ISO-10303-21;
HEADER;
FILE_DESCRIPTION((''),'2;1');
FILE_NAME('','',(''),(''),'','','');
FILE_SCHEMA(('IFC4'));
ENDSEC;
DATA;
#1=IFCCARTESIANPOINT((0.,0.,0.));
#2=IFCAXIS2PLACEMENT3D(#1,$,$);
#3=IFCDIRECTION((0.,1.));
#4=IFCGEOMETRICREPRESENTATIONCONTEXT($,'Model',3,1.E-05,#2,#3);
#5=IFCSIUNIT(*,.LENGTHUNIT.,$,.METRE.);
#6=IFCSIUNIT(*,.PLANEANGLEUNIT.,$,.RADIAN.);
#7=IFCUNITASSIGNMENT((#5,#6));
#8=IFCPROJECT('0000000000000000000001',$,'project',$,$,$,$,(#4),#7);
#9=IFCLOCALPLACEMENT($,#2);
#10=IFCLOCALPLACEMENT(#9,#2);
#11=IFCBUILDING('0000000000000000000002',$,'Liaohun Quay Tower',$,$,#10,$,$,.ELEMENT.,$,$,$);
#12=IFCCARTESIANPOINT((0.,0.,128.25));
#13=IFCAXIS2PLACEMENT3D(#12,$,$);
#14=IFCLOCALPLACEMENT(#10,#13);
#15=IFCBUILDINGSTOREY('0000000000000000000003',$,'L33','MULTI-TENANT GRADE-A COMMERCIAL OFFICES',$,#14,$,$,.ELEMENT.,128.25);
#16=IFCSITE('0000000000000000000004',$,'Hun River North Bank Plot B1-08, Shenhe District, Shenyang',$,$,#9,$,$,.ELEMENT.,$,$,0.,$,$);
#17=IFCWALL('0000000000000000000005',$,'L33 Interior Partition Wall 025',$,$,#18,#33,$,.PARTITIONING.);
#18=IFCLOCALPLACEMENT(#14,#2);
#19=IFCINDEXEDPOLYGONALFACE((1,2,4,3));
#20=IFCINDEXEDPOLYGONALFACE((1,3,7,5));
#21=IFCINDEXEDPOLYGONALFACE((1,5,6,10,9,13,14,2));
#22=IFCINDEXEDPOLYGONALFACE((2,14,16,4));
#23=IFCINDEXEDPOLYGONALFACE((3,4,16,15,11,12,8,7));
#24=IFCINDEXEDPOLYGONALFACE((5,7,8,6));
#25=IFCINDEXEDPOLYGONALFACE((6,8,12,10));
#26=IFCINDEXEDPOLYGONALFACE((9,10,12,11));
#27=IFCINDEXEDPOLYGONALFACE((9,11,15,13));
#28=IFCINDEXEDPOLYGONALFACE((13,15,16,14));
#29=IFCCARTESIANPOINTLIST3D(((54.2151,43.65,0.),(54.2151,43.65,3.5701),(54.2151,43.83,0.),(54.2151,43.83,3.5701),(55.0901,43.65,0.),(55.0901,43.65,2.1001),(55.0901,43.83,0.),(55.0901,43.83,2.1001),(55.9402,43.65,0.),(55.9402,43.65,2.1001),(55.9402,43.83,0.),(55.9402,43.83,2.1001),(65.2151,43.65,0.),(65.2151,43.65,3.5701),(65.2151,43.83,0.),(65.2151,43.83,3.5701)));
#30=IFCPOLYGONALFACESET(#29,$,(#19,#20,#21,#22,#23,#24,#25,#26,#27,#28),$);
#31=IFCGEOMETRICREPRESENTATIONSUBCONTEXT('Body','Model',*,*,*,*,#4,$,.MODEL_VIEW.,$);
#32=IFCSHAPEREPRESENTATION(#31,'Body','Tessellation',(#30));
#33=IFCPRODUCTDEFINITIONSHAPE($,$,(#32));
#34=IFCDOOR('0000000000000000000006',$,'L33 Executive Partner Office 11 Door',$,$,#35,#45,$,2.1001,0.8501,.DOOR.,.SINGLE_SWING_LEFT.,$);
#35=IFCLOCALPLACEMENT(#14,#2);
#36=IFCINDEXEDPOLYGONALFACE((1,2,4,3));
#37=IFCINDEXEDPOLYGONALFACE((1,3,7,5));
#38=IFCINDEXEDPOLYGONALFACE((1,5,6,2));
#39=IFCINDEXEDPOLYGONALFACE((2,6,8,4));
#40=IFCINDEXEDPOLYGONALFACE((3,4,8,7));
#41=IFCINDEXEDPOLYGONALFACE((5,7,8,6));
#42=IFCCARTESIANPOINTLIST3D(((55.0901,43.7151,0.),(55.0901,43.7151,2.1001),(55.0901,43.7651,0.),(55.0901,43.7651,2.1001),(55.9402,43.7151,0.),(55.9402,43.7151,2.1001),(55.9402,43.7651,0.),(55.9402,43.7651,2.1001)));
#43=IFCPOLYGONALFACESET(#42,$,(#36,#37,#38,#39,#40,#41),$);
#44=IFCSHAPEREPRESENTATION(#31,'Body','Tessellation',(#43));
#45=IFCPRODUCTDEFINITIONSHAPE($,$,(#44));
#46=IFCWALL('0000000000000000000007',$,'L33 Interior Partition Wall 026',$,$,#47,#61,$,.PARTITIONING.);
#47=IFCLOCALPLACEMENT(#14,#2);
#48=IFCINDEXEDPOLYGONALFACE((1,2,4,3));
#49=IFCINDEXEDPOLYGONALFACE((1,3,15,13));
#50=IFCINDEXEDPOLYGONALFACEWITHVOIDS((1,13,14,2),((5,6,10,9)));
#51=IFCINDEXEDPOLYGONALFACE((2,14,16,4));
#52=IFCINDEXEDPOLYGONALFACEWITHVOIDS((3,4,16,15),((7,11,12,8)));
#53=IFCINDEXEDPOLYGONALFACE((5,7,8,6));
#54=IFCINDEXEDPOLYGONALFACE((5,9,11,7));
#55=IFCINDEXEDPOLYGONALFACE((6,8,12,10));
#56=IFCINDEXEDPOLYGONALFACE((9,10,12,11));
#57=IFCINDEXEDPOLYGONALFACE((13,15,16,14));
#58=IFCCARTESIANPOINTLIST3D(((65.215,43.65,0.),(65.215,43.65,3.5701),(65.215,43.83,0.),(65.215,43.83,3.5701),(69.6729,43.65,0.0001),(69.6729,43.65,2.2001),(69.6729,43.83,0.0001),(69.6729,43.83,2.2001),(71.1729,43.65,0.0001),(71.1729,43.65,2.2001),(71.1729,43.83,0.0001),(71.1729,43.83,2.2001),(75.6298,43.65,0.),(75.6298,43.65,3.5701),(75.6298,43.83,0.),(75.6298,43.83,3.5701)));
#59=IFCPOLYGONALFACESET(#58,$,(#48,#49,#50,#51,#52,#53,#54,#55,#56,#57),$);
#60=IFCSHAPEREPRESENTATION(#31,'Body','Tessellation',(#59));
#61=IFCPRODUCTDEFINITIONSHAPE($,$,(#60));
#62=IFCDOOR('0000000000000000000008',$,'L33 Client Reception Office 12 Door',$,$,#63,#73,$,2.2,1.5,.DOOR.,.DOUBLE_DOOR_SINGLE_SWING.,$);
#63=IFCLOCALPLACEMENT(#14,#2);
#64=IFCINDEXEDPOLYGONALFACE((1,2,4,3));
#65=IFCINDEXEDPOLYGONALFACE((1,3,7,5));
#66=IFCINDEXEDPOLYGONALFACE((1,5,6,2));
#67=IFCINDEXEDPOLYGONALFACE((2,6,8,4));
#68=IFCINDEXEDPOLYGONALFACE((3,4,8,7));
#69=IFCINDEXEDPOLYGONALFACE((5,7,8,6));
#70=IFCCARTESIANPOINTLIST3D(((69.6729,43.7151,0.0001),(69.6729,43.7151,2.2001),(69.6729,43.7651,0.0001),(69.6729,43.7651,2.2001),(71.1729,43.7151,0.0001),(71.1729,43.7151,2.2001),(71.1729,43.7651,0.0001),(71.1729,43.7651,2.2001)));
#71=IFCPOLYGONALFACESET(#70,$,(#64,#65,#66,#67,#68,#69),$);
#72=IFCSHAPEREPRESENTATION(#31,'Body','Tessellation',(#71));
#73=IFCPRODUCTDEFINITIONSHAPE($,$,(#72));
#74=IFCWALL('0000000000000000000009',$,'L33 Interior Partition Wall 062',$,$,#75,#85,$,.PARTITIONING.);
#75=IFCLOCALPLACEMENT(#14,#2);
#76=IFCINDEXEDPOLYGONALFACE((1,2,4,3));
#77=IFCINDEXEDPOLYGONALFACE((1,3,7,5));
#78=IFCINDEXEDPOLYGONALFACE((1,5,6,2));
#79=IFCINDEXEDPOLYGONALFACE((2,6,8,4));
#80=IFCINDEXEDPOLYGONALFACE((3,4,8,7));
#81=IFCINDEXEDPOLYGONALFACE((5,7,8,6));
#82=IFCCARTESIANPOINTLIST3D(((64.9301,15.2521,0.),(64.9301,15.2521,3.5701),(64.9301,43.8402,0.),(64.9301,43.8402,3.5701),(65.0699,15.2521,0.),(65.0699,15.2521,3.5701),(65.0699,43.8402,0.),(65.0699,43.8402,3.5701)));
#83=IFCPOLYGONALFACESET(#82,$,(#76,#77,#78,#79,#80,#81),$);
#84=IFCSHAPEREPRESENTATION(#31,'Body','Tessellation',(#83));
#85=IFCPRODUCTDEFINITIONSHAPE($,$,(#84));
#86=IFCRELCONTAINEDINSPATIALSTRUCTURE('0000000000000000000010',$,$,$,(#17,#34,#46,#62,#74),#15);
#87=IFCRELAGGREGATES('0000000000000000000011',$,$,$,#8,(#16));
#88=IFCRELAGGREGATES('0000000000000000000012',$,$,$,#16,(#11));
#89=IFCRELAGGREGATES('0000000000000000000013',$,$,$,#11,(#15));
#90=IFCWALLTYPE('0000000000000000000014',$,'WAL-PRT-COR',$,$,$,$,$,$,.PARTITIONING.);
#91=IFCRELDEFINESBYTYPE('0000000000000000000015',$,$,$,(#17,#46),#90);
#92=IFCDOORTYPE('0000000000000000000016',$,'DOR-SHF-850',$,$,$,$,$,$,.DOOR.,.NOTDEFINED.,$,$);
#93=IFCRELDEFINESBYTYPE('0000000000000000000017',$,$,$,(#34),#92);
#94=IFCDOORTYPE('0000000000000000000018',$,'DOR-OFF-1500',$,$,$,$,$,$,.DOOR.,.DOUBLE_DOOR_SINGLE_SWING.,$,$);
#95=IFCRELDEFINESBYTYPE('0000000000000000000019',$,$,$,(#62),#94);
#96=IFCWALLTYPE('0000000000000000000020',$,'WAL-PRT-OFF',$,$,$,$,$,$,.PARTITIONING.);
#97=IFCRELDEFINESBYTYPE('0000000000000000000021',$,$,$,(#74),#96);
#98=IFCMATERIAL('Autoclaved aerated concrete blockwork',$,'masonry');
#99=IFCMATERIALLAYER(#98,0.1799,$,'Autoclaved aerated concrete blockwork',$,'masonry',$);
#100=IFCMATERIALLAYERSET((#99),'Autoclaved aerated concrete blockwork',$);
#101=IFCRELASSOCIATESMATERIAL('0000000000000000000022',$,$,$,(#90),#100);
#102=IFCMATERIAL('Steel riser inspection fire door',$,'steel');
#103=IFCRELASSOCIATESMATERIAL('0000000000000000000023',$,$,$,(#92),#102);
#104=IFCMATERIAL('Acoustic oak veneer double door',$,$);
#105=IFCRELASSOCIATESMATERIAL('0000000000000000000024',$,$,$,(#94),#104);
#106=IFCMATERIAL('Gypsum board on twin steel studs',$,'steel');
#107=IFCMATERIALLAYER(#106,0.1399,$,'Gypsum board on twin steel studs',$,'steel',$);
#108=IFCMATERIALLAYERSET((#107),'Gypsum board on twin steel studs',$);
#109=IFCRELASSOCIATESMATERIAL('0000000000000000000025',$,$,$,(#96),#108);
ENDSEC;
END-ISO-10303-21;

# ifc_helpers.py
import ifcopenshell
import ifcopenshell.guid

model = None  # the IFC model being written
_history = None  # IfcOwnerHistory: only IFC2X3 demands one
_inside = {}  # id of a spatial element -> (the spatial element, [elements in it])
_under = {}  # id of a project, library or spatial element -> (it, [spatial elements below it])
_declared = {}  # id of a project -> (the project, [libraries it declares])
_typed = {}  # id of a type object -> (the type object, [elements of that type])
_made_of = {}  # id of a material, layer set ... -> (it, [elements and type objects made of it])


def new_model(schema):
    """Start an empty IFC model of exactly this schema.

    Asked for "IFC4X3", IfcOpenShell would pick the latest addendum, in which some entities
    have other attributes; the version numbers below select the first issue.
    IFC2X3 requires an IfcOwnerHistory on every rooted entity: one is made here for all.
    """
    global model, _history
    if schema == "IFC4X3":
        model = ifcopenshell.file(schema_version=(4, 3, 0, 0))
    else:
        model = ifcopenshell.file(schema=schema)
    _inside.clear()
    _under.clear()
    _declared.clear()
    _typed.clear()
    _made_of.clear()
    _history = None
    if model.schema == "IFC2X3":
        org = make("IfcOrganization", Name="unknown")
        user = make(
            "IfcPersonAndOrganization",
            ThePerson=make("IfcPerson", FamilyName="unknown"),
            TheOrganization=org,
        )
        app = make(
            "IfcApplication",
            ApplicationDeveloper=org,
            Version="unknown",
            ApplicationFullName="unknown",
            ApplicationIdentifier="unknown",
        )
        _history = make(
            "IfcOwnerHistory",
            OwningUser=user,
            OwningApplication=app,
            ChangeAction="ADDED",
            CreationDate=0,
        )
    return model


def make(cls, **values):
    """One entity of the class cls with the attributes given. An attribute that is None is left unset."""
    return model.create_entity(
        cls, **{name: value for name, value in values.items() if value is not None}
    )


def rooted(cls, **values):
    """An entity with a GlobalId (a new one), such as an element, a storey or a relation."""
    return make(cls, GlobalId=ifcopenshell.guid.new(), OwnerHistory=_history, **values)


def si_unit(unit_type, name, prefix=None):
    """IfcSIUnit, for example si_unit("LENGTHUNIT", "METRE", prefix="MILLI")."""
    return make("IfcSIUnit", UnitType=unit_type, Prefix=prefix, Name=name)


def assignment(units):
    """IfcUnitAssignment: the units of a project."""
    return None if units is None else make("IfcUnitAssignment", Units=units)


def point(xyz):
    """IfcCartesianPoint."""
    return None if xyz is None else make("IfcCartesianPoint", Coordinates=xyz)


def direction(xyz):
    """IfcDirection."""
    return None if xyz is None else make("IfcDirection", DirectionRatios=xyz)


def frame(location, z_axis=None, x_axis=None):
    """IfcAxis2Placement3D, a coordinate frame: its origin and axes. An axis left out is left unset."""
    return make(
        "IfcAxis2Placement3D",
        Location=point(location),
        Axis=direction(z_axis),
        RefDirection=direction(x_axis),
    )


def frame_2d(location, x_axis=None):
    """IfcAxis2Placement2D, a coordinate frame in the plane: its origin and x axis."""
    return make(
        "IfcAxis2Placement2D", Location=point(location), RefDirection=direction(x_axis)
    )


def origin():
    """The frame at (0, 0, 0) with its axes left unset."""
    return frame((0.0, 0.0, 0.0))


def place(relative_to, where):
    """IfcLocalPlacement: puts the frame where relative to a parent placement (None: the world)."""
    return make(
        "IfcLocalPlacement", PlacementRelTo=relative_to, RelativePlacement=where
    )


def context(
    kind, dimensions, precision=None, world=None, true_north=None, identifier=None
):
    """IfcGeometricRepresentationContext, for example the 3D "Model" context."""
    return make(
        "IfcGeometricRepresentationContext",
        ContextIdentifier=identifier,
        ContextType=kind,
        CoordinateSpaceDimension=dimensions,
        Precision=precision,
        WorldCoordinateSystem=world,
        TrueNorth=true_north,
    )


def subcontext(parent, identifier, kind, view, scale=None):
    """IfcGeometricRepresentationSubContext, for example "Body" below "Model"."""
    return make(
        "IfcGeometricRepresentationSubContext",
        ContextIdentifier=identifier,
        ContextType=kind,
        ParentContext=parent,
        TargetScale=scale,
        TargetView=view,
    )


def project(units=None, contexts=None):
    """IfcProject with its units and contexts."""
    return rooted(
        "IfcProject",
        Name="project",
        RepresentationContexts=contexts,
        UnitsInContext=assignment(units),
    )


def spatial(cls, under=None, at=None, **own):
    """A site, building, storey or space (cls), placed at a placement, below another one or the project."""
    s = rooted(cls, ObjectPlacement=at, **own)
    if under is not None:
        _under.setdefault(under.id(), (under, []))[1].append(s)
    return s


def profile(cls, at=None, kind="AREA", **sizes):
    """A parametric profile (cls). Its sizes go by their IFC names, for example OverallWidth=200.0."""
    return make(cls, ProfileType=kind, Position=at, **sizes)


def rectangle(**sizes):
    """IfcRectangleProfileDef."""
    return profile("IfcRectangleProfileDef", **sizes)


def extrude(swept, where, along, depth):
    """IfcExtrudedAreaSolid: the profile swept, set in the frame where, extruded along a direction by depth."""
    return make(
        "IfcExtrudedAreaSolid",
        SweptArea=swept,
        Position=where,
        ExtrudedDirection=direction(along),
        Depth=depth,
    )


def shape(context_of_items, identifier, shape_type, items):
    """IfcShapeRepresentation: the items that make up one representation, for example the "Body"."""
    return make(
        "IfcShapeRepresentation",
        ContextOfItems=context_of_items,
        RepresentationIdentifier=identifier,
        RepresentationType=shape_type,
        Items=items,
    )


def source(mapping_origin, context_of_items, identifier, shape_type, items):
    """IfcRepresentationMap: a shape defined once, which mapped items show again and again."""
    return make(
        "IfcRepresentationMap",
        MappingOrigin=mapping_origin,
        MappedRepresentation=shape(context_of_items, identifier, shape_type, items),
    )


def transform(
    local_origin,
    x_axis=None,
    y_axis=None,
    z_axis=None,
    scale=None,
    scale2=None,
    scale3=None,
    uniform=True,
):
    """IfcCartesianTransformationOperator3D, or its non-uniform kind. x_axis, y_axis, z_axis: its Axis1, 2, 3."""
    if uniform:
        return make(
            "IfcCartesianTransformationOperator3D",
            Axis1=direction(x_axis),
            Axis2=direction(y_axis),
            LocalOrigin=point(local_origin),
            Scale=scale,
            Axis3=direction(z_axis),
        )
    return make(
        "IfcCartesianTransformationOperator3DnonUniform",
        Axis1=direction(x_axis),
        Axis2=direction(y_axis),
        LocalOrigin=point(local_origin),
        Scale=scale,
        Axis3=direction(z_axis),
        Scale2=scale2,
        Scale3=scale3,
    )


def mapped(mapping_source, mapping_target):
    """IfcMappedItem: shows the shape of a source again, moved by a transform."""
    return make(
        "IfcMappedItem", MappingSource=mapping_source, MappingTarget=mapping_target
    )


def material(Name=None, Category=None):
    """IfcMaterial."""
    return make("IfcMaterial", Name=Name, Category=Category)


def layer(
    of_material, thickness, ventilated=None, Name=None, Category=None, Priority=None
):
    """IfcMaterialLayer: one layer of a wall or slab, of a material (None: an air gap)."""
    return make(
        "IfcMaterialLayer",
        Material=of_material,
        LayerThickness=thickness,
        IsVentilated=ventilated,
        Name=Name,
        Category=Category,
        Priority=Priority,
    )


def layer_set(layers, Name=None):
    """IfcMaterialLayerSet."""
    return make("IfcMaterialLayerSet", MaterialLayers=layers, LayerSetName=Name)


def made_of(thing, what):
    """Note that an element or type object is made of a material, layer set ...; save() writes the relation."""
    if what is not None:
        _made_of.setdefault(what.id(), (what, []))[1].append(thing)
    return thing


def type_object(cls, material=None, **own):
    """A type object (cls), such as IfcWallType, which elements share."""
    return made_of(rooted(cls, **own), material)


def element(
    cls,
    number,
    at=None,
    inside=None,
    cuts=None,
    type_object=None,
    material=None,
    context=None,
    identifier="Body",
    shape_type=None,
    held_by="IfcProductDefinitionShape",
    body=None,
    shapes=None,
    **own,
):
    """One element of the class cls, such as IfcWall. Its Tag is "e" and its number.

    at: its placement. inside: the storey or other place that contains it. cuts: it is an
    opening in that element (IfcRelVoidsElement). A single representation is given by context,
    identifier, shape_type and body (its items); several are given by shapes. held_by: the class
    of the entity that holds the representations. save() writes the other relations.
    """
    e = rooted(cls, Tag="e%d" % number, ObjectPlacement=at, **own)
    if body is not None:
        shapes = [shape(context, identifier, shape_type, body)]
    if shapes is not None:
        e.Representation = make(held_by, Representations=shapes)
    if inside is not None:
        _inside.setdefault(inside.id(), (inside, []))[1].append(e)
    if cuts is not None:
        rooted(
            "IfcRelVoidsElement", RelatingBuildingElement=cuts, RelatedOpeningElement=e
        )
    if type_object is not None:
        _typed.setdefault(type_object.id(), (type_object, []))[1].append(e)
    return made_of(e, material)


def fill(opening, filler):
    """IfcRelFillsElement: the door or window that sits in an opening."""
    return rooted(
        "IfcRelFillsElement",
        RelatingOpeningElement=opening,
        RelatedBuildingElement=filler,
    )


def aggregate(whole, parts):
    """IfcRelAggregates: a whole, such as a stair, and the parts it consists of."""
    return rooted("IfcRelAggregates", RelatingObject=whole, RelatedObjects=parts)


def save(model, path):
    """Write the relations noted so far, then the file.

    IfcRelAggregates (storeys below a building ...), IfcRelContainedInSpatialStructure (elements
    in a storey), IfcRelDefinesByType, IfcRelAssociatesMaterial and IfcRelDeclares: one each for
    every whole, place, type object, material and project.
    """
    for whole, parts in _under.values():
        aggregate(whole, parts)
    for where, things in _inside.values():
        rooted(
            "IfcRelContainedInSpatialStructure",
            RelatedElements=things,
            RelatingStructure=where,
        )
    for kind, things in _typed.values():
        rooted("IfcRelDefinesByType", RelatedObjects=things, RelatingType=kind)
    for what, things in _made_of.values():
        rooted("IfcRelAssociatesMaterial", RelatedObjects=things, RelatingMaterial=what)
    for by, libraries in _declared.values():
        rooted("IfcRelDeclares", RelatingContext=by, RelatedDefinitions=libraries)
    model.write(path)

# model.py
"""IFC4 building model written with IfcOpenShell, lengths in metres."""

from ifc_helpers import new_model, si_unit, direction, frame, frame_2d, origin, place, context, subcontext, project, spatial, rectangle, extrude, source, transform, mapped, material, layer, layer_set, type_object, element, fill, save


model = new_model("IFC4")

# Units and contexts
model_context = context("Model", 3, precision=1e-05, world=origin(), true_north=direction((0.0, 1.0)))
body_context = subcontext(model_context, "Body", "Model", "MODEL_VIEW")
ifc_project = project(units=[si_unit("LENGTHUNIT", "METRE"), si_unit("PLANEANGLEUNIT", "RADIAN")], contexts=[model_context])

# Site, building, storey
site_placement = place(None, origin())
site = spatial("IfcSite", under=ifc_project, at=site_placement, Name="Hun River North Bank Plot B1-08, Shenhe District, Shenyang", CompositionType="ELEMENT", RefElevation=0.0)
building_placement = place(site_placement, origin())
building = spatial("IfcBuilding", under=site, at=building_placement, Name="Liaohun Quay Tower", CompositionType="ELEMENT")
storey_placement = place(building_placement, frame((0.0, 0.0, 128.25)))
storey = spatial("IfcBuildingStorey", under=building, at=storey_placement, Name="L33", Description="MULTI-TENANT GRADE-A COMMERCIAL OFFICES", CompositionType="ELEMENT", Elevation=128.25)

# Walls, openings, doors
ifc_material_1 = material(Name="Autoclaved aerated concrete blockwork", Category="masonry")
ifc_layer_1 = layer(ifc_material_1, 0.1799, Name="Autoclaved aerated concrete blockwork", Category="masonry")
ifc_layer_set_1 = layer_set([ifc_layer_1], Name="Autoclaved aerated concrete blockwork")
wall_type_1 = type_object("IfcWallType", Name="WAL-PRT-COR", PredefinedType="PARTITIONING", material=ifc_layer_set_1)
wall_1_placement = place(storey_placement, frame((65.2151, 43.74, 0.0), z_axis=(0.0, 0.0, 1.0), x_axis=(-1.0, 0.0, 0.0)))
wall_1 = element("IfcWall", 1, at=wall_1_placement, inside=storey, type_object=wall_type_1, Name="L33 Interior Partition Wall 025", PredefinedType="PARTITIONING", context=body_context, shape_type="SweptSolid", body=[
    extrude(rectangle(XDim=11.0, YDim=0.1799, at=frame_2d((5.5, 0.0))), origin(), (0.0, 0.0, 1.0), 3.5701),
])
shared_shape_1 = source(origin(), body_context, "Body", "SweptSolid", [
    extrude(rectangle(XDim=0.8501, YDim=2.1001, at=frame_2d((0.425, 1.05))), frame((0.0, 0.0999, 0.0), z_axis=(0.0, -1.0, 0.0), x_axis=(1.0, 0.0, 0.0)), (0.0, 0.0, 1.0), 0.2),
])
opening_1_placement = place(wall_1_placement, frame((9.2749, 0.0, 0.0)))
opening_1 = element("IfcOpeningElement", 2, at=opening_1_placement, cuts=wall_1, PredefinedType="OPENING", context=body_context, shape_type="MappedRepresentation", body=[
    mapped(shared_shape_1, transform((0.0, 0.0, 0.0), x_axis=(1.0, 0.0, 0.0), y_axis=(0.0, 1.0, 0.0), z_axis=(0.0, 0.0, 1.0), scale=1.0)),
])
ifc_material_2 = material(Name="Steel riser inspection fire door", Category="steel")
door_type_1 = type_object("IfcDoorType", Name="DOR-SHF-850", OperationType="NOTDEFINED", PredefinedType="DOOR", material=ifc_material_2)
shared_shape_2 = source(origin(), body_context, "Body", "SweptSolid", [
    extrude(rectangle(XDim=0.8501, YDim=2.1001, at=frame_2d((0.425, 1.05))), frame((0.0, 0.0249, 0.0), z_axis=(0.0, -1.0, 0.0), x_axis=(1.0, 0.0, 0.0)), (0.0, 0.0, 1.0), 0.05),
])
door_1_placement = place(opening_1_placement, origin())
door_1 = element("IfcDoor", 3, at=door_1_placement, inside=storey, type_object=door_type_1, Name="L33 Executive Partner Office 11 Door", OperationType="SINGLE_SWING_LEFT", OverallHeight=2.1001, OverallWidth=0.8501, PredefinedType="DOOR", context=body_context, shape_type="MappedRepresentation", body=[
    mapped(shared_shape_2, transform((0.0, 0.0, 0.0), x_axis=(1.0, 0.0, 0.0), y_axis=(0.0, 1.0, 0.0), z_axis=(0.0, 0.0, 1.0), scale=1.0)),
])
fill(opening_1, door_1)
wall_2_placement = place(storey_placement, frame((75.6299, 43.74, 0.0), z_axis=(0.0, 0.0, 1.0), x_axis=(-1.0, 0.0, 0.0)))
wall_2 = element("IfcWall", 4, at=wall_2_placement, inside=storey, type_object=wall_type_1, Name="L33 Interior Partition Wall 026", PredefinedType="PARTITIONING", context=body_context, shape_type="SweptSolid", body=[
    extrude(rectangle(XDim=10.4148, YDim=0.1799, at=frame_2d((5.2075, 0.0))), origin(), (0.0, 0.0, 1.0), 3.5701),
])
shared_shape_3 = source(origin(), body_context, "Body", "SweptSolid", [
    extrude(rectangle(XDim=1.5, YDim=2.2, at=frame_2d((0.75, 1.1001))), frame((0.0, 0.0999, 0.0), z_axis=(0.0, -1.0, 0.0), x_axis=(1.0, 0.0, 0.0)), (0.0, 0.0, 1.0), 0.2),
])
opening_2_placement = place(wall_2_placement, frame((4.457, 0.0, 0.0)))
opening_2 = element("IfcOpeningElement", 5, at=opening_2_placement, cuts=wall_2, PredefinedType="OPENING", context=body_context, shape_type="MappedRepresentation", body=[
    mapped(shared_shape_3, transform((0.0, 0.0, 0.0), x_axis=(1.0, 0.0, 0.0), y_axis=(0.0, 1.0, 0.0), z_axis=(0.0, 0.0, 1.0), scale=1.0)),
])
ifc_material_3 = material(Name="Acoustic oak veneer double door")
door_type_2 = type_object("IfcDoorType", Name="DOR-OFF-1500", OperationType="DOUBLE_DOOR_SINGLE_SWING", PredefinedType="DOOR", material=ifc_material_3)
shared_shape_4 = source(origin(), body_context, "Body", "SweptSolid", [
    extrude(rectangle(XDim=1.5, YDim=2.2, at=frame_2d((0.75, 1.1001))), frame((0.0, 0.0249, 0.0), z_axis=(0.0, -1.0, 0.0), x_axis=(1.0, 0.0, 0.0)), (0.0, 0.0, 1.0), 0.05),
])
door_2_placement = place(opening_2_placement, origin())
door_2 = element("IfcDoor", 6, at=door_2_placement, inside=storey, type_object=door_type_2, Name="L33 Client Reception Office 12 Door", OperationType="DOUBLE_DOOR_SINGLE_SWING", OverallHeight=2.2, OverallWidth=1.5, PredefinedType="DOOR", context=body_context, shape_type="MappedRepresentation", body=[
    mapped(shared_shape_4, transform((0.0, 0.0, 0.0), x_axis=(1.0, 0.0, 0.0), y_axis=(0.0, 1.0, 0.0), z_axis=(0.0, 0.0, 1.0), scale=1.0)),
])
fill(opening_2, door_2)

# Wall
ifc_material_4 = material(Name="Gypsum board on twin steel studs", Category="steel")
ifc_layer_2 = layer(ifc_material_4, 0.1399, Name="Gypsum board on twin steel studs", Category="steel")
ifc_layer_set_2 = layer_set([ifc_layer_2], Name="Gypsum board on twin steel studs")
wall_type_2 = type_object("IfcWallType", Name="WAL-PRT-OFF", PredefinedType="PARTITIONING", material=ifc_layer_set_2)
wall_3_placement = place(storey_placement, frame((65.0, 43.8401, 0.0), z_axis=(0.0, 0.0, 1.0), x_axis=(0.0, -1.0, 0.0)))
element("IfcWall", 7, at=wall_3_placement, inside=storey, type_object=wall_type_2, Name="L33 Interior Partition Wall 062", PredefinedType="PARTITIONING", context=body_context, shape_type="SweptSolid", body=[
    extrude(rectangle(XDim=28.5881, YDim=0.1399, at=frame_2d((14.2939, 0.0))), origin(), (0.0, 0.0, 1.0), 3.5701),
])

save(model, "model.ifc")
